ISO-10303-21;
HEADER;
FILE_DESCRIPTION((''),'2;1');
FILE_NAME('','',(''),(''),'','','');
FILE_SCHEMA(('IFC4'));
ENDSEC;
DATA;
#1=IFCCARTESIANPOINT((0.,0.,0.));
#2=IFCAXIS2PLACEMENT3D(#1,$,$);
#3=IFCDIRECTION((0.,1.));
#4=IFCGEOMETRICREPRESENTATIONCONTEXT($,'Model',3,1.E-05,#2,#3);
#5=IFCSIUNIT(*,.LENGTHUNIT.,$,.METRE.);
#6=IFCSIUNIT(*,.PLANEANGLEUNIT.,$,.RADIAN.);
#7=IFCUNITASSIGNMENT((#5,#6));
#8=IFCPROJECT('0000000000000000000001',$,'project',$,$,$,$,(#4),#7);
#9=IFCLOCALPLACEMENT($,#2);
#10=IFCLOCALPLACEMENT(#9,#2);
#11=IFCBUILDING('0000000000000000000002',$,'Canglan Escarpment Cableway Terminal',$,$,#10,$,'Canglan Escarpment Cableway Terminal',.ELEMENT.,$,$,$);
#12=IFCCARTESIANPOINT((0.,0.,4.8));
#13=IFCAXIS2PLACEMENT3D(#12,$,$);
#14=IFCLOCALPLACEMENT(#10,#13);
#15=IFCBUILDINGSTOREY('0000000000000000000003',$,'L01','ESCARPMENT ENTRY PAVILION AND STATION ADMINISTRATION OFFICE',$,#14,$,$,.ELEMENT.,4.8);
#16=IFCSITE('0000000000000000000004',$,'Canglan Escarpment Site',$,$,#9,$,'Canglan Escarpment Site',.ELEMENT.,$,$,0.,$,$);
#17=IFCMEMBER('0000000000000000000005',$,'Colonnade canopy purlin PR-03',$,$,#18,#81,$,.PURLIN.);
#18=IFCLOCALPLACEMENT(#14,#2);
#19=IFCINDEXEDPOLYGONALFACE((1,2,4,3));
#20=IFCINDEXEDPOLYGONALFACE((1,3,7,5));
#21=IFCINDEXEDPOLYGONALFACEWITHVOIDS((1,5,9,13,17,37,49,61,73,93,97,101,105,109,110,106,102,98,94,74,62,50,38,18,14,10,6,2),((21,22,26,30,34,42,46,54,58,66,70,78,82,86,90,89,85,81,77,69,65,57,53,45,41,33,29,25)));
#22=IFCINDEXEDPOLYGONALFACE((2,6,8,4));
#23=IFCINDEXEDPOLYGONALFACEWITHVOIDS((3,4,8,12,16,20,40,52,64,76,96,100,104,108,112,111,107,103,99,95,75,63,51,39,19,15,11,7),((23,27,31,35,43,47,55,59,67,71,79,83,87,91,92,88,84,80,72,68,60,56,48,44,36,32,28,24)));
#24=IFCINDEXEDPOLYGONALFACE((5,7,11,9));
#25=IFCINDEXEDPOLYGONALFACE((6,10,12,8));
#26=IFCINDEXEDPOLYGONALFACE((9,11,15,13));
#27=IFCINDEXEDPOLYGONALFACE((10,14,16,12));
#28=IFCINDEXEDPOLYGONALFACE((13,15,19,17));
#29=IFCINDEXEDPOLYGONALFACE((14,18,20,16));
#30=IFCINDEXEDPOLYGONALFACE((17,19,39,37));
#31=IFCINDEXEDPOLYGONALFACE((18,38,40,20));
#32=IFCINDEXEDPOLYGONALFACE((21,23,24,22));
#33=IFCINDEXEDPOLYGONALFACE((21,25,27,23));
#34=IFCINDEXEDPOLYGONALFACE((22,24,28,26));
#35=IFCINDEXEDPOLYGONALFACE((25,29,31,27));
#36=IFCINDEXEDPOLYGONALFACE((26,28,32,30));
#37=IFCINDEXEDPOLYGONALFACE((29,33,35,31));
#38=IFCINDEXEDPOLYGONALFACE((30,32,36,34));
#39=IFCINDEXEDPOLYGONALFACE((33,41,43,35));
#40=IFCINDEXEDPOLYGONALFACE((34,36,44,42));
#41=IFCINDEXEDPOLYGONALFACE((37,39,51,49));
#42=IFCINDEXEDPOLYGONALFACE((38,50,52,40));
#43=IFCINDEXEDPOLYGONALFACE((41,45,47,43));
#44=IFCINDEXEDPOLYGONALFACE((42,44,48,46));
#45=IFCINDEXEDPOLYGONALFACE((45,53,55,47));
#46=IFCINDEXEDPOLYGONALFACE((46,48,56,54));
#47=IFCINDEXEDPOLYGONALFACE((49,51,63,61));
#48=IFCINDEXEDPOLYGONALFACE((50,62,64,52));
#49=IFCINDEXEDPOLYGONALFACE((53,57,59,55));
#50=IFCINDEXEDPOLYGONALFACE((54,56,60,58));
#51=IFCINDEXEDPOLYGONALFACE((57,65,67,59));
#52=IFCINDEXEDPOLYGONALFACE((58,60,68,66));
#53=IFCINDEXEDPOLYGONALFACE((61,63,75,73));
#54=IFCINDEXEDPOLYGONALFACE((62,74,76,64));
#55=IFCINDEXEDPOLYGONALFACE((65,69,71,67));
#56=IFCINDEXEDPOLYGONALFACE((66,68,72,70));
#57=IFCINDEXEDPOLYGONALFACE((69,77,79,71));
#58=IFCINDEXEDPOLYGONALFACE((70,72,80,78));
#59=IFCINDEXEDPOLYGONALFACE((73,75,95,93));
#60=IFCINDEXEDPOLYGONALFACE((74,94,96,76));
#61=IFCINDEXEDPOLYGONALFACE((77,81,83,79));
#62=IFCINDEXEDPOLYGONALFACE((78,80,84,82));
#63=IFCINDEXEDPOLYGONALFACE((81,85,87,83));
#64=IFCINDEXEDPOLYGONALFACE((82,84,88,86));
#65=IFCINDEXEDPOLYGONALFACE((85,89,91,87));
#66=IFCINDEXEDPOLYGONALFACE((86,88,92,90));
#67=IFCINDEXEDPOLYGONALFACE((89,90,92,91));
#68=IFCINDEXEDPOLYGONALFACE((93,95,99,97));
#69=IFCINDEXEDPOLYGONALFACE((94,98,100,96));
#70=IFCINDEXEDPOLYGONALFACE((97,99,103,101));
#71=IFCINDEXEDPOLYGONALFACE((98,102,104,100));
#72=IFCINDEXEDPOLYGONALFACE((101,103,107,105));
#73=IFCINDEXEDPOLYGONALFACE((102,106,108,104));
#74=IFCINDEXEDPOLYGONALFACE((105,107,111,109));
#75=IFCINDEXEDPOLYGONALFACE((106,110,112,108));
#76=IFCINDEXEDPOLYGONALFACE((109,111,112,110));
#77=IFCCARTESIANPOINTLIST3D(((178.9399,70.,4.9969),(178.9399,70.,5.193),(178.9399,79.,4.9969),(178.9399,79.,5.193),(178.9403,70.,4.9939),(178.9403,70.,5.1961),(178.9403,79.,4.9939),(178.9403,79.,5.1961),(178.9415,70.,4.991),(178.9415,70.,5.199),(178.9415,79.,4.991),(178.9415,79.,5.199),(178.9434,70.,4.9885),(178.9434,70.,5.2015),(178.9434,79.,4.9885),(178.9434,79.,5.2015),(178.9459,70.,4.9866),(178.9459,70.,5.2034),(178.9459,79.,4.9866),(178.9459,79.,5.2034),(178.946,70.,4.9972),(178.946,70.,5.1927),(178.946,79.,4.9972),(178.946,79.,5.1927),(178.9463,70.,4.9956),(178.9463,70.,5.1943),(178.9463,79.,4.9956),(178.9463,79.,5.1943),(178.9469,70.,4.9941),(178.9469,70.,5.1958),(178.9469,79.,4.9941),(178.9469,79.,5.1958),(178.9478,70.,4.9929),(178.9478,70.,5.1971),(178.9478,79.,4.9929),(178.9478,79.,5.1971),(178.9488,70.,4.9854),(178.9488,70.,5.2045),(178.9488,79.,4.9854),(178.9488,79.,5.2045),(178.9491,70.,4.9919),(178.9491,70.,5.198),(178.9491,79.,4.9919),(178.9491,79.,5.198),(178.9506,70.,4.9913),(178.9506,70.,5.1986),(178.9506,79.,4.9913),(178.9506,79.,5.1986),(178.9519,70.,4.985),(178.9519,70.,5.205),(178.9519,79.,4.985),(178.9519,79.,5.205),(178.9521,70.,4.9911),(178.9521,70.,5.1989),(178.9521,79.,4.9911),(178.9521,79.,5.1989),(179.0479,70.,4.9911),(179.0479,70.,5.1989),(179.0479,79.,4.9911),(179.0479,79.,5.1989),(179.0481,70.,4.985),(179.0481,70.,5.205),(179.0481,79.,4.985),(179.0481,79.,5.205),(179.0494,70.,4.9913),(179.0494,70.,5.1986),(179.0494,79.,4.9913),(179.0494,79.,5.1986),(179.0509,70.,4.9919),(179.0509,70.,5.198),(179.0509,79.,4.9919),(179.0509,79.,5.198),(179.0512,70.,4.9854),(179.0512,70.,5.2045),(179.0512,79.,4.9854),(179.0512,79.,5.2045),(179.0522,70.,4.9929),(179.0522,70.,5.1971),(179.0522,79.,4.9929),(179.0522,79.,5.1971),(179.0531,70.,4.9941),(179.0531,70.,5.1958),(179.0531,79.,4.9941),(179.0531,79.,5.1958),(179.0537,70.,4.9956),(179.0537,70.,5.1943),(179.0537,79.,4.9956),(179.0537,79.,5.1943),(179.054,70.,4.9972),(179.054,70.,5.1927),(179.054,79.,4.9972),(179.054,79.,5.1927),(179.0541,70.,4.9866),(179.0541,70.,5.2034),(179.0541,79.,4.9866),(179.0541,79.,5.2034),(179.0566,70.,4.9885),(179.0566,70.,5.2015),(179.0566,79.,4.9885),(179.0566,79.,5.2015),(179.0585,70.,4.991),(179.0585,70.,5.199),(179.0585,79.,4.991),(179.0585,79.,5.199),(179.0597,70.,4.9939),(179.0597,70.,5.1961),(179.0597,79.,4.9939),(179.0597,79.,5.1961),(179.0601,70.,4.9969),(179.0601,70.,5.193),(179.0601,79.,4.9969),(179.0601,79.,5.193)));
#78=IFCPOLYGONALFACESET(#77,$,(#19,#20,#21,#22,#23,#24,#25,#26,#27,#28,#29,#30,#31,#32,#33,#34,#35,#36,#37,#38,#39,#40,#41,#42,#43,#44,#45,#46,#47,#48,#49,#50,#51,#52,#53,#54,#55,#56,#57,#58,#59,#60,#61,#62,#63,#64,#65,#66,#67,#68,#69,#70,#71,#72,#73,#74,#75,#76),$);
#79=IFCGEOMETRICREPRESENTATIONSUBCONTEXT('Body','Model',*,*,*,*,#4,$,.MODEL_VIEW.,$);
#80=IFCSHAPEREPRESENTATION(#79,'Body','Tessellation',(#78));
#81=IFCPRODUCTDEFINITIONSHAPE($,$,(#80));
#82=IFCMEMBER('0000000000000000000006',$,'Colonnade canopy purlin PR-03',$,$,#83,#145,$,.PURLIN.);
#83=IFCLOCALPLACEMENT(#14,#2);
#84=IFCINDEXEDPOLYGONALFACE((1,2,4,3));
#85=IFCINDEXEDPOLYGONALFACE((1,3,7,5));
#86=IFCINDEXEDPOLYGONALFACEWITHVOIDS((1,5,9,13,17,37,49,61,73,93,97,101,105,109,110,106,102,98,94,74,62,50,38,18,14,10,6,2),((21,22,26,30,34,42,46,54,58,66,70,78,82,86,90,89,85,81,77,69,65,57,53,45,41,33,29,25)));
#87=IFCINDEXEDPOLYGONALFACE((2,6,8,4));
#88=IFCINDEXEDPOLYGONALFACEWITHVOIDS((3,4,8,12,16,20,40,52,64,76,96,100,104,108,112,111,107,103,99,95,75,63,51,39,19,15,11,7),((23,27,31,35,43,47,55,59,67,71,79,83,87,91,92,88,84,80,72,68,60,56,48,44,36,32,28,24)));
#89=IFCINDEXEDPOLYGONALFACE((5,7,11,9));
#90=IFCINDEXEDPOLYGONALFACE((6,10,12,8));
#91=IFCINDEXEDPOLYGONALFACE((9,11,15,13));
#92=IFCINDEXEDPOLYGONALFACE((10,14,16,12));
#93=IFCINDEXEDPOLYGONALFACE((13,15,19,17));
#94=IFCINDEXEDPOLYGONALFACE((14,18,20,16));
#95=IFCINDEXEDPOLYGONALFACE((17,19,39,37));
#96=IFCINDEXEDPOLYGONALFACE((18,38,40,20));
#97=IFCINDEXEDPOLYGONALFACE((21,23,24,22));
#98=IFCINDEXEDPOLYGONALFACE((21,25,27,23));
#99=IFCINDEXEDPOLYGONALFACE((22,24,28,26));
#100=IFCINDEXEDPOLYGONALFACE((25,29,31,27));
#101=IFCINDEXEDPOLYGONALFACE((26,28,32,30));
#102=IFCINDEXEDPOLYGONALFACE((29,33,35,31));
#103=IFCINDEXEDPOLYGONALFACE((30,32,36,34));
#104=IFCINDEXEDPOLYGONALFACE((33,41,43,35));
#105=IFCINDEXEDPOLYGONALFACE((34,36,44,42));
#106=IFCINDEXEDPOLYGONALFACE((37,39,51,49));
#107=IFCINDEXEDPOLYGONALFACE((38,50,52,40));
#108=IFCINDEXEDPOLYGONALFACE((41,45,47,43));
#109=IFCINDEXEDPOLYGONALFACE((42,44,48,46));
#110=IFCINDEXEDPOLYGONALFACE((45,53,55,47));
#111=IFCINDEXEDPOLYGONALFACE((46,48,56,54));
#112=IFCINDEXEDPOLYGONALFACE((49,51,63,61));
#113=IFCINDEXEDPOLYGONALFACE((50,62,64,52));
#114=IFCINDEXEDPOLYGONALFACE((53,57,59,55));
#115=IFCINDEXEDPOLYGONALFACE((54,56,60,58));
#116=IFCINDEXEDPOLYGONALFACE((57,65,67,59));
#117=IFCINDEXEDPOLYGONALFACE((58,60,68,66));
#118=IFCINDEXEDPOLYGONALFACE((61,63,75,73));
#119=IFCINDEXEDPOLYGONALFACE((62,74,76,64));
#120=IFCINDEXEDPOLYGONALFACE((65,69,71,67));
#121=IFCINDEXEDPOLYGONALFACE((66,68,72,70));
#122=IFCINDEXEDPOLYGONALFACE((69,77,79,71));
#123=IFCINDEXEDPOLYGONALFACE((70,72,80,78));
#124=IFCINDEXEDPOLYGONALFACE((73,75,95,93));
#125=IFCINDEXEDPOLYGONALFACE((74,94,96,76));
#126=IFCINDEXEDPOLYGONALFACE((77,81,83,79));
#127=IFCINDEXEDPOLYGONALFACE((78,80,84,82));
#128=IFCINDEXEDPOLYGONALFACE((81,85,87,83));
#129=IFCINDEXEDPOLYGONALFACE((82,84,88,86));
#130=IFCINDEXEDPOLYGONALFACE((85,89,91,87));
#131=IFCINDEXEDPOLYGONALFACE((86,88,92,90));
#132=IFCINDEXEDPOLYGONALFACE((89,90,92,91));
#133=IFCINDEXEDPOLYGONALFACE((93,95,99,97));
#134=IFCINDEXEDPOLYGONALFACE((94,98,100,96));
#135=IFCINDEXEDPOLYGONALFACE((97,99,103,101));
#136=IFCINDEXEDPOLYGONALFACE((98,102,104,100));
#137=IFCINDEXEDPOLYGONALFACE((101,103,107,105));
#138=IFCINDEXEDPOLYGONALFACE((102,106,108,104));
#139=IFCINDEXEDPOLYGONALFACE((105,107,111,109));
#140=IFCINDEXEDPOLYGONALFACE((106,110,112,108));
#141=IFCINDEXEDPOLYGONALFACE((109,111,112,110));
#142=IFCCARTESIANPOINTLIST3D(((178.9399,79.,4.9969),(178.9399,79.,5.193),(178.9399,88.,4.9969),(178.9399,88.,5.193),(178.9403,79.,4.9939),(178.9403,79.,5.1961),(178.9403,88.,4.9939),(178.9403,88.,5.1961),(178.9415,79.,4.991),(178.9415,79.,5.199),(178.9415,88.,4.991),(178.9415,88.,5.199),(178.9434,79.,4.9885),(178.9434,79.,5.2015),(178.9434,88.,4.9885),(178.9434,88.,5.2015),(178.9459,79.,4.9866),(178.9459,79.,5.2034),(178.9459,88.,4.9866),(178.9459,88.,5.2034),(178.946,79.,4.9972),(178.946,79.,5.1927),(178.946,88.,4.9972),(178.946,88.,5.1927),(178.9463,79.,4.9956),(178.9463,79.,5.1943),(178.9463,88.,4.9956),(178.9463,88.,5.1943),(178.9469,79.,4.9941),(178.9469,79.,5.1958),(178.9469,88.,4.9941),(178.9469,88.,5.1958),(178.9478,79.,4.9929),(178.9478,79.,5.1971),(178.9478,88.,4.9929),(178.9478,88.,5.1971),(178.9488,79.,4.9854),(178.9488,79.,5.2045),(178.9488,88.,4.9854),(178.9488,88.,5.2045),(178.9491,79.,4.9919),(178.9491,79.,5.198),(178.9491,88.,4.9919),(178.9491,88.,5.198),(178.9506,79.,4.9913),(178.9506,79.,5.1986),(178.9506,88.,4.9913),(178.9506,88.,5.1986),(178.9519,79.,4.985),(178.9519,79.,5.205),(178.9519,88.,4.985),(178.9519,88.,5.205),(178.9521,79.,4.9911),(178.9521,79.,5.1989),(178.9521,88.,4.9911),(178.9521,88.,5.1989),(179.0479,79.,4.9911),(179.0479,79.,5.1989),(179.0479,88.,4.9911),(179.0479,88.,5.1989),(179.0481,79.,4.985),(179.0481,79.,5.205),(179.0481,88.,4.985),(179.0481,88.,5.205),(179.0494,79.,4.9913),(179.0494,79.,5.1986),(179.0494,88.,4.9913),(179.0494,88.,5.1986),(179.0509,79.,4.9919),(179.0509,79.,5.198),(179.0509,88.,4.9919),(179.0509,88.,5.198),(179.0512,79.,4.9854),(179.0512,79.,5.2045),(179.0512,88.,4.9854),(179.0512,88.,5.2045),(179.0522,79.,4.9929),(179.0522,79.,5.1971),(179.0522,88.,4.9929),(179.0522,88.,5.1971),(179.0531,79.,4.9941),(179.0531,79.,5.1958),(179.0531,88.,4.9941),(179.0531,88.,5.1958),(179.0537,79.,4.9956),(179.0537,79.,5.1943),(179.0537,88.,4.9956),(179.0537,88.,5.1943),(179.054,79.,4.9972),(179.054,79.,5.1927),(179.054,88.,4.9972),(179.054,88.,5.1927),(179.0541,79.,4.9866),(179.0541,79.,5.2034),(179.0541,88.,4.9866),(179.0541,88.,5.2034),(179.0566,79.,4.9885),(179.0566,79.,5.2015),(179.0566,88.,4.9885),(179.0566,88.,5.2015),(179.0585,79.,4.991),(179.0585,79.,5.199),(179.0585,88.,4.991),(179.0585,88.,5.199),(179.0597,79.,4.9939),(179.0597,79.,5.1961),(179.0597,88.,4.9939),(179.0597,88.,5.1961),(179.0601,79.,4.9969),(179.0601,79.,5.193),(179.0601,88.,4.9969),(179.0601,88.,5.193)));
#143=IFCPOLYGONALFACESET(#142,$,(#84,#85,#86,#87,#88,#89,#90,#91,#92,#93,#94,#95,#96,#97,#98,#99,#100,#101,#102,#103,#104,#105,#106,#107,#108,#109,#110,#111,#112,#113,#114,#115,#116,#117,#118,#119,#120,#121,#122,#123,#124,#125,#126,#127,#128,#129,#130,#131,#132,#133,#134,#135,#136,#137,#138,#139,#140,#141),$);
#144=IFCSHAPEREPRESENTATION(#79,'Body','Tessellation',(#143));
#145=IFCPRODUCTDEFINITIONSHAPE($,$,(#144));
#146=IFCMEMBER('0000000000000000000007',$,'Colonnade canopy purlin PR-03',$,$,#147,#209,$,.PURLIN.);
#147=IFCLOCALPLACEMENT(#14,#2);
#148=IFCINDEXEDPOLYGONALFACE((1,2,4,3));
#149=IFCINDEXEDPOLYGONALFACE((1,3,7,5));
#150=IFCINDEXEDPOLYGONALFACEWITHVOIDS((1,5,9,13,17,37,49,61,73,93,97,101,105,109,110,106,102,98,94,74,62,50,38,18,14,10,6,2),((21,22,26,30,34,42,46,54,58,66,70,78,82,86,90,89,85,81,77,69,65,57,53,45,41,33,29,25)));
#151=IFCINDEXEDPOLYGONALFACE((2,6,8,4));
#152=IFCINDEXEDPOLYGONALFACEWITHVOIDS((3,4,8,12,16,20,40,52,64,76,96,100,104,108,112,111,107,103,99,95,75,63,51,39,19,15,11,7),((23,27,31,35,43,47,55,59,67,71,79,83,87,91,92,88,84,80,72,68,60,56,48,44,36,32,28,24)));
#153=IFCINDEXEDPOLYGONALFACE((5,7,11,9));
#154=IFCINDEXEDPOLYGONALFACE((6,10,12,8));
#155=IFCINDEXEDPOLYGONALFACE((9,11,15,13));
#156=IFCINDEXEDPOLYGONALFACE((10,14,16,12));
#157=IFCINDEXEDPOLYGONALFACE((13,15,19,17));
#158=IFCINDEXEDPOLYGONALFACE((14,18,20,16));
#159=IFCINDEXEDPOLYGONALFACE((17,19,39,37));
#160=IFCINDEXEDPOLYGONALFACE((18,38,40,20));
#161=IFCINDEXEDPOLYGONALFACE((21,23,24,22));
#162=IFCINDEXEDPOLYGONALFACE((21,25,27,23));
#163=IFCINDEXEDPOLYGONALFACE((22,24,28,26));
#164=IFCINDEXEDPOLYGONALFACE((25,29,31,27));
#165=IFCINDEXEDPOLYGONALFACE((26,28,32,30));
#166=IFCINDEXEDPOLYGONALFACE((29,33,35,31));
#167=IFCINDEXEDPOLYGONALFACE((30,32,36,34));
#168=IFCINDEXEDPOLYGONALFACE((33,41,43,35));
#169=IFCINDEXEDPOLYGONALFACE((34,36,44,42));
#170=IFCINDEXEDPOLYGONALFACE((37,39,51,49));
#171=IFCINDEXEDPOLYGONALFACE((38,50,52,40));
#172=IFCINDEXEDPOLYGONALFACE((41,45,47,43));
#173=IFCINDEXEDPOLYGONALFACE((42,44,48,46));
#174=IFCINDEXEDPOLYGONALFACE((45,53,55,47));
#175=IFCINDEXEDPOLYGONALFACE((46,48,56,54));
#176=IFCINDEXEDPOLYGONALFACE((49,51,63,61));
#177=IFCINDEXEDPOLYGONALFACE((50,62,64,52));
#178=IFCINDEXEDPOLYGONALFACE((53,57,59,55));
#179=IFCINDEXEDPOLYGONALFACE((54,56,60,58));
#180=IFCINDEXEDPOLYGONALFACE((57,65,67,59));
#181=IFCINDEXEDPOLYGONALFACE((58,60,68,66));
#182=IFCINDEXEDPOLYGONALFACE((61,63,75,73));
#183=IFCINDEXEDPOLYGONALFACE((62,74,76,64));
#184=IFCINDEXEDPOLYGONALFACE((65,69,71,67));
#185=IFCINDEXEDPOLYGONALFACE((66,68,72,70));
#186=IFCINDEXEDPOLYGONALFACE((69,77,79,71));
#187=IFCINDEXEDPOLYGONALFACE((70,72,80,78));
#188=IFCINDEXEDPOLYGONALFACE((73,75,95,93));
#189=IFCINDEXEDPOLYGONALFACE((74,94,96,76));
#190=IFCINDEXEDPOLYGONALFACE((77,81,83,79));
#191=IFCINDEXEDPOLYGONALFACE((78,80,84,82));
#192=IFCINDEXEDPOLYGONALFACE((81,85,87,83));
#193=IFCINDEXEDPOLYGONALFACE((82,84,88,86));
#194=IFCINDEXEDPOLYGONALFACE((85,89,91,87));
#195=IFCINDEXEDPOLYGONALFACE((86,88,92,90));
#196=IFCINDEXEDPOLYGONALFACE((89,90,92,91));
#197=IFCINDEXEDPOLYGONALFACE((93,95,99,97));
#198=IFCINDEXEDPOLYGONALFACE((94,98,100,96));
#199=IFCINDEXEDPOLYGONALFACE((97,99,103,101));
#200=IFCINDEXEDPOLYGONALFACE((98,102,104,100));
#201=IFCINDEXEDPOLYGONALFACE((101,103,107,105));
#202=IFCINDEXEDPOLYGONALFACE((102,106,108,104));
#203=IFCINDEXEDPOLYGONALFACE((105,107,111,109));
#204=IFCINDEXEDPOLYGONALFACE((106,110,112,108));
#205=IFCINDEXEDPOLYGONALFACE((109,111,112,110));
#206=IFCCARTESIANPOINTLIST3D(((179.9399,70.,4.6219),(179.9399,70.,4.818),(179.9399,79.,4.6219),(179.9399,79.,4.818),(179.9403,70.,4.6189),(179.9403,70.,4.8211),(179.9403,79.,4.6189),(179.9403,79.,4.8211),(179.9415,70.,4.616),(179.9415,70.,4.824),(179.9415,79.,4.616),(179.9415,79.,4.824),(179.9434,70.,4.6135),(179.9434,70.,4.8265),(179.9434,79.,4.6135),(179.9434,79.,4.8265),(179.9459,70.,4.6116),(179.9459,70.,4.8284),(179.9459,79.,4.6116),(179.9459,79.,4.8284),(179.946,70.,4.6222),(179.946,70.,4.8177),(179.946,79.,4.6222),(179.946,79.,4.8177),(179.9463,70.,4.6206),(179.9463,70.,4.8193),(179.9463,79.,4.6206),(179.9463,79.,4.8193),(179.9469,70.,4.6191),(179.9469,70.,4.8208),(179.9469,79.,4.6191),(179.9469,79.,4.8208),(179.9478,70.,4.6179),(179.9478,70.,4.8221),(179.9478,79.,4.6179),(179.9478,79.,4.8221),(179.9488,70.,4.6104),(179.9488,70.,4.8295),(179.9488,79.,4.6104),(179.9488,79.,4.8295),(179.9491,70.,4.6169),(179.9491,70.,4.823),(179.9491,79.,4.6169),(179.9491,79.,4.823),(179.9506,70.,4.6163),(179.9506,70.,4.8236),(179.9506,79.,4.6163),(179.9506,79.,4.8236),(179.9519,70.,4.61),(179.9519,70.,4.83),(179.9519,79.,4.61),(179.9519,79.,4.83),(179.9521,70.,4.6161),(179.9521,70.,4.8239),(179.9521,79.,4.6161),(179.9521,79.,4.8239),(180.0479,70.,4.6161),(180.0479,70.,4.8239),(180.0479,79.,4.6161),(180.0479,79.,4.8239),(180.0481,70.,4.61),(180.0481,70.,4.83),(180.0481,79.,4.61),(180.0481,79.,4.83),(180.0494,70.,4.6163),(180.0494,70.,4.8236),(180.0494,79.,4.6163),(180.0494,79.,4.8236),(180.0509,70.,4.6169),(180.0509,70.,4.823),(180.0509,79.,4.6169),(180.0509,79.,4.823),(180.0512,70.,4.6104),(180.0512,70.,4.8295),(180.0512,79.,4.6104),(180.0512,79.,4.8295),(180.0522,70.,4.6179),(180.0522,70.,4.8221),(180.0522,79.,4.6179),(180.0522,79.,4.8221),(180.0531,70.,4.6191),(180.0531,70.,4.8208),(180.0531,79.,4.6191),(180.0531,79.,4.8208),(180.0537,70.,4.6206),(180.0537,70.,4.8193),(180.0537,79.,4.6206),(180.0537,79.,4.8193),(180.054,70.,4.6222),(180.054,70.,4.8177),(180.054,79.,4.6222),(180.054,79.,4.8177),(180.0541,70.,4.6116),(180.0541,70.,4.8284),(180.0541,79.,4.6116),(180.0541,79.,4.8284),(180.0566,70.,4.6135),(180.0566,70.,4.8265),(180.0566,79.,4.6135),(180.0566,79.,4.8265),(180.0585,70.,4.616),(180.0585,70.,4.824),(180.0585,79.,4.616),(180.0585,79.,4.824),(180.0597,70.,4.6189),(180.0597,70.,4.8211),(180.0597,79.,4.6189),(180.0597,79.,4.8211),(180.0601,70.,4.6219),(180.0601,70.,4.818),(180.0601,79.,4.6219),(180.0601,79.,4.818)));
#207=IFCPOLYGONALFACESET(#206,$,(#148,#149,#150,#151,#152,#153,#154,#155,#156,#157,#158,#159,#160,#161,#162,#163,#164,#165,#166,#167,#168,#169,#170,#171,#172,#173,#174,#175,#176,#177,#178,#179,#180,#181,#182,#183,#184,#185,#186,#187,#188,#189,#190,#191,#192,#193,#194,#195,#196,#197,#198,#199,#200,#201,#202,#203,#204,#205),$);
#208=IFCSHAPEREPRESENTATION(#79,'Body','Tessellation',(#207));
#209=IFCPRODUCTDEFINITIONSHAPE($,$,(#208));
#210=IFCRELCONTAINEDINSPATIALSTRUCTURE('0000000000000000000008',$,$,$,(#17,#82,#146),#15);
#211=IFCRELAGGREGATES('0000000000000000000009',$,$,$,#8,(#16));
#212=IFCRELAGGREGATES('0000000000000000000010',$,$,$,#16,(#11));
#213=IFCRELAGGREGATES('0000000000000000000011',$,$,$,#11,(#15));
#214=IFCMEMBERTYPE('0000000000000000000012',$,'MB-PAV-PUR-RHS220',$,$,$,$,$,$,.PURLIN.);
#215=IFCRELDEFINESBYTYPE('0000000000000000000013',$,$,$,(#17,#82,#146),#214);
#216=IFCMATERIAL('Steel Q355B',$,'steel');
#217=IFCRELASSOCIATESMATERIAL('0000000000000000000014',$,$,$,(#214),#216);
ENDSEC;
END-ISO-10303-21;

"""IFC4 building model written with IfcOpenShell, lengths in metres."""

from ifc_helpers import new_model, si_unit, direction, frame, origin, origin_2d, place, context, subcontext, project, spatial, hollow_rectangle, extrude, material, material_profile, profile_set, type_object, element, save


model = new_model("IFC4")

# Units and contexts
model_context = context("Model", 3, precision=1e-05, world=origin(), true_north=direction((0.0, 1.0)))
body_context = subcontext(model_context, "Body", "Model", "MODEL_VIEW")
ifc_project = project(units=[si_unit("LENGTHUNIT", "METRE"), si_unit("PLANEANGLEUNIT", "RADIAN")], contexts=[model_context])

# Site, building, storey
site_placement = place(None, origin())
site = spatial("IfcSite", under=ifc_project, at=site_placement, Name="Canglan Escarpment Site", LongName="Canglan Escarpment Site", CompositionType="ELEMENT", RefElevation=0.0)
building_placement = place(site_placement, origin())
building = spatial("IfcBuilding", under=site, at=building_placement, Name="Canglan Escarpment Cableway Terminal", LongName="Canglan Escarpment Cableway Terminal", CompositionType="ELEMENT")
storey_placement = place(building_placement, frame((0.0, 0.0, 4.8)))
storey = spatial("IfcBuildingStorey", under=building, at=storey_placement, Name="L01", Description="ESCARPMENT ENTRY PAVILION AND STATION ADMINISTRATION OFFICE", CompositionType="ELEMENT", Elevation=4.8)

# Shared definitions
ifc_material_1 = material(Name="Steel Q355B", Category="steel")

# Members
ifc_material_profile_1 = material_profile(ifc_material_1, hollow_rectangle(XDim=0.1201, YDim=0.22, WallThickness=0.0061, InnerFilletRadius=0.0061, OuterFilletRadius=0.012, at=origin_2d()), Name="RHS 220x120x6")
ifc_profile_set_1 = profile_set([ifc_material_profile_1], Name="Steel Q355B")
member_type_1 = type_object("IfcMemberType", Name="MB-PAV-PUR-RHS220", PredefinedType="PURLIN", material=ifc_profile_set_1)
for number, where, z_axis, x_axis, name in (
    (1, (179.0, 70.0, 5.095), (0.0, 1.0, 0.0), (-1.0, 0.0, 0.0), "Colonnade canopy purlin PR-03"),
    (2, (179.0, 79.0, 5.095), (0.0, 1.0, 0.0), (-1.0, 0.0, 0.0), "Colonnade canopy purlin PR-03"),
    (3, (180.0, 70.0, 4.72), (0.0, 1.0, 0.0), (-1.0, 0.0, 0.0), "Colonnade canopy purlin PR-03"),
):
    element("IfcMember", number, at=place(storey_placement, frame(where, z_axis=z_axis, x_axis=x_axis)), inside=storey, type_object=member_type_1, Name=name, PredefinedType="PURLIN", context=body_context, shape_type="SweptSolid", body=[
        extrude(hollow_rectangle(XDim=0.1201, YDim=0.22, WallThickness=0.0061, InnerFilletRadius=0.0061, OuterFilletRadius=0.012, at=origin_2d()), origin(), (0.0, 0.0, 1.0), 9.0),
    ])

save(model, "model.ifc")
